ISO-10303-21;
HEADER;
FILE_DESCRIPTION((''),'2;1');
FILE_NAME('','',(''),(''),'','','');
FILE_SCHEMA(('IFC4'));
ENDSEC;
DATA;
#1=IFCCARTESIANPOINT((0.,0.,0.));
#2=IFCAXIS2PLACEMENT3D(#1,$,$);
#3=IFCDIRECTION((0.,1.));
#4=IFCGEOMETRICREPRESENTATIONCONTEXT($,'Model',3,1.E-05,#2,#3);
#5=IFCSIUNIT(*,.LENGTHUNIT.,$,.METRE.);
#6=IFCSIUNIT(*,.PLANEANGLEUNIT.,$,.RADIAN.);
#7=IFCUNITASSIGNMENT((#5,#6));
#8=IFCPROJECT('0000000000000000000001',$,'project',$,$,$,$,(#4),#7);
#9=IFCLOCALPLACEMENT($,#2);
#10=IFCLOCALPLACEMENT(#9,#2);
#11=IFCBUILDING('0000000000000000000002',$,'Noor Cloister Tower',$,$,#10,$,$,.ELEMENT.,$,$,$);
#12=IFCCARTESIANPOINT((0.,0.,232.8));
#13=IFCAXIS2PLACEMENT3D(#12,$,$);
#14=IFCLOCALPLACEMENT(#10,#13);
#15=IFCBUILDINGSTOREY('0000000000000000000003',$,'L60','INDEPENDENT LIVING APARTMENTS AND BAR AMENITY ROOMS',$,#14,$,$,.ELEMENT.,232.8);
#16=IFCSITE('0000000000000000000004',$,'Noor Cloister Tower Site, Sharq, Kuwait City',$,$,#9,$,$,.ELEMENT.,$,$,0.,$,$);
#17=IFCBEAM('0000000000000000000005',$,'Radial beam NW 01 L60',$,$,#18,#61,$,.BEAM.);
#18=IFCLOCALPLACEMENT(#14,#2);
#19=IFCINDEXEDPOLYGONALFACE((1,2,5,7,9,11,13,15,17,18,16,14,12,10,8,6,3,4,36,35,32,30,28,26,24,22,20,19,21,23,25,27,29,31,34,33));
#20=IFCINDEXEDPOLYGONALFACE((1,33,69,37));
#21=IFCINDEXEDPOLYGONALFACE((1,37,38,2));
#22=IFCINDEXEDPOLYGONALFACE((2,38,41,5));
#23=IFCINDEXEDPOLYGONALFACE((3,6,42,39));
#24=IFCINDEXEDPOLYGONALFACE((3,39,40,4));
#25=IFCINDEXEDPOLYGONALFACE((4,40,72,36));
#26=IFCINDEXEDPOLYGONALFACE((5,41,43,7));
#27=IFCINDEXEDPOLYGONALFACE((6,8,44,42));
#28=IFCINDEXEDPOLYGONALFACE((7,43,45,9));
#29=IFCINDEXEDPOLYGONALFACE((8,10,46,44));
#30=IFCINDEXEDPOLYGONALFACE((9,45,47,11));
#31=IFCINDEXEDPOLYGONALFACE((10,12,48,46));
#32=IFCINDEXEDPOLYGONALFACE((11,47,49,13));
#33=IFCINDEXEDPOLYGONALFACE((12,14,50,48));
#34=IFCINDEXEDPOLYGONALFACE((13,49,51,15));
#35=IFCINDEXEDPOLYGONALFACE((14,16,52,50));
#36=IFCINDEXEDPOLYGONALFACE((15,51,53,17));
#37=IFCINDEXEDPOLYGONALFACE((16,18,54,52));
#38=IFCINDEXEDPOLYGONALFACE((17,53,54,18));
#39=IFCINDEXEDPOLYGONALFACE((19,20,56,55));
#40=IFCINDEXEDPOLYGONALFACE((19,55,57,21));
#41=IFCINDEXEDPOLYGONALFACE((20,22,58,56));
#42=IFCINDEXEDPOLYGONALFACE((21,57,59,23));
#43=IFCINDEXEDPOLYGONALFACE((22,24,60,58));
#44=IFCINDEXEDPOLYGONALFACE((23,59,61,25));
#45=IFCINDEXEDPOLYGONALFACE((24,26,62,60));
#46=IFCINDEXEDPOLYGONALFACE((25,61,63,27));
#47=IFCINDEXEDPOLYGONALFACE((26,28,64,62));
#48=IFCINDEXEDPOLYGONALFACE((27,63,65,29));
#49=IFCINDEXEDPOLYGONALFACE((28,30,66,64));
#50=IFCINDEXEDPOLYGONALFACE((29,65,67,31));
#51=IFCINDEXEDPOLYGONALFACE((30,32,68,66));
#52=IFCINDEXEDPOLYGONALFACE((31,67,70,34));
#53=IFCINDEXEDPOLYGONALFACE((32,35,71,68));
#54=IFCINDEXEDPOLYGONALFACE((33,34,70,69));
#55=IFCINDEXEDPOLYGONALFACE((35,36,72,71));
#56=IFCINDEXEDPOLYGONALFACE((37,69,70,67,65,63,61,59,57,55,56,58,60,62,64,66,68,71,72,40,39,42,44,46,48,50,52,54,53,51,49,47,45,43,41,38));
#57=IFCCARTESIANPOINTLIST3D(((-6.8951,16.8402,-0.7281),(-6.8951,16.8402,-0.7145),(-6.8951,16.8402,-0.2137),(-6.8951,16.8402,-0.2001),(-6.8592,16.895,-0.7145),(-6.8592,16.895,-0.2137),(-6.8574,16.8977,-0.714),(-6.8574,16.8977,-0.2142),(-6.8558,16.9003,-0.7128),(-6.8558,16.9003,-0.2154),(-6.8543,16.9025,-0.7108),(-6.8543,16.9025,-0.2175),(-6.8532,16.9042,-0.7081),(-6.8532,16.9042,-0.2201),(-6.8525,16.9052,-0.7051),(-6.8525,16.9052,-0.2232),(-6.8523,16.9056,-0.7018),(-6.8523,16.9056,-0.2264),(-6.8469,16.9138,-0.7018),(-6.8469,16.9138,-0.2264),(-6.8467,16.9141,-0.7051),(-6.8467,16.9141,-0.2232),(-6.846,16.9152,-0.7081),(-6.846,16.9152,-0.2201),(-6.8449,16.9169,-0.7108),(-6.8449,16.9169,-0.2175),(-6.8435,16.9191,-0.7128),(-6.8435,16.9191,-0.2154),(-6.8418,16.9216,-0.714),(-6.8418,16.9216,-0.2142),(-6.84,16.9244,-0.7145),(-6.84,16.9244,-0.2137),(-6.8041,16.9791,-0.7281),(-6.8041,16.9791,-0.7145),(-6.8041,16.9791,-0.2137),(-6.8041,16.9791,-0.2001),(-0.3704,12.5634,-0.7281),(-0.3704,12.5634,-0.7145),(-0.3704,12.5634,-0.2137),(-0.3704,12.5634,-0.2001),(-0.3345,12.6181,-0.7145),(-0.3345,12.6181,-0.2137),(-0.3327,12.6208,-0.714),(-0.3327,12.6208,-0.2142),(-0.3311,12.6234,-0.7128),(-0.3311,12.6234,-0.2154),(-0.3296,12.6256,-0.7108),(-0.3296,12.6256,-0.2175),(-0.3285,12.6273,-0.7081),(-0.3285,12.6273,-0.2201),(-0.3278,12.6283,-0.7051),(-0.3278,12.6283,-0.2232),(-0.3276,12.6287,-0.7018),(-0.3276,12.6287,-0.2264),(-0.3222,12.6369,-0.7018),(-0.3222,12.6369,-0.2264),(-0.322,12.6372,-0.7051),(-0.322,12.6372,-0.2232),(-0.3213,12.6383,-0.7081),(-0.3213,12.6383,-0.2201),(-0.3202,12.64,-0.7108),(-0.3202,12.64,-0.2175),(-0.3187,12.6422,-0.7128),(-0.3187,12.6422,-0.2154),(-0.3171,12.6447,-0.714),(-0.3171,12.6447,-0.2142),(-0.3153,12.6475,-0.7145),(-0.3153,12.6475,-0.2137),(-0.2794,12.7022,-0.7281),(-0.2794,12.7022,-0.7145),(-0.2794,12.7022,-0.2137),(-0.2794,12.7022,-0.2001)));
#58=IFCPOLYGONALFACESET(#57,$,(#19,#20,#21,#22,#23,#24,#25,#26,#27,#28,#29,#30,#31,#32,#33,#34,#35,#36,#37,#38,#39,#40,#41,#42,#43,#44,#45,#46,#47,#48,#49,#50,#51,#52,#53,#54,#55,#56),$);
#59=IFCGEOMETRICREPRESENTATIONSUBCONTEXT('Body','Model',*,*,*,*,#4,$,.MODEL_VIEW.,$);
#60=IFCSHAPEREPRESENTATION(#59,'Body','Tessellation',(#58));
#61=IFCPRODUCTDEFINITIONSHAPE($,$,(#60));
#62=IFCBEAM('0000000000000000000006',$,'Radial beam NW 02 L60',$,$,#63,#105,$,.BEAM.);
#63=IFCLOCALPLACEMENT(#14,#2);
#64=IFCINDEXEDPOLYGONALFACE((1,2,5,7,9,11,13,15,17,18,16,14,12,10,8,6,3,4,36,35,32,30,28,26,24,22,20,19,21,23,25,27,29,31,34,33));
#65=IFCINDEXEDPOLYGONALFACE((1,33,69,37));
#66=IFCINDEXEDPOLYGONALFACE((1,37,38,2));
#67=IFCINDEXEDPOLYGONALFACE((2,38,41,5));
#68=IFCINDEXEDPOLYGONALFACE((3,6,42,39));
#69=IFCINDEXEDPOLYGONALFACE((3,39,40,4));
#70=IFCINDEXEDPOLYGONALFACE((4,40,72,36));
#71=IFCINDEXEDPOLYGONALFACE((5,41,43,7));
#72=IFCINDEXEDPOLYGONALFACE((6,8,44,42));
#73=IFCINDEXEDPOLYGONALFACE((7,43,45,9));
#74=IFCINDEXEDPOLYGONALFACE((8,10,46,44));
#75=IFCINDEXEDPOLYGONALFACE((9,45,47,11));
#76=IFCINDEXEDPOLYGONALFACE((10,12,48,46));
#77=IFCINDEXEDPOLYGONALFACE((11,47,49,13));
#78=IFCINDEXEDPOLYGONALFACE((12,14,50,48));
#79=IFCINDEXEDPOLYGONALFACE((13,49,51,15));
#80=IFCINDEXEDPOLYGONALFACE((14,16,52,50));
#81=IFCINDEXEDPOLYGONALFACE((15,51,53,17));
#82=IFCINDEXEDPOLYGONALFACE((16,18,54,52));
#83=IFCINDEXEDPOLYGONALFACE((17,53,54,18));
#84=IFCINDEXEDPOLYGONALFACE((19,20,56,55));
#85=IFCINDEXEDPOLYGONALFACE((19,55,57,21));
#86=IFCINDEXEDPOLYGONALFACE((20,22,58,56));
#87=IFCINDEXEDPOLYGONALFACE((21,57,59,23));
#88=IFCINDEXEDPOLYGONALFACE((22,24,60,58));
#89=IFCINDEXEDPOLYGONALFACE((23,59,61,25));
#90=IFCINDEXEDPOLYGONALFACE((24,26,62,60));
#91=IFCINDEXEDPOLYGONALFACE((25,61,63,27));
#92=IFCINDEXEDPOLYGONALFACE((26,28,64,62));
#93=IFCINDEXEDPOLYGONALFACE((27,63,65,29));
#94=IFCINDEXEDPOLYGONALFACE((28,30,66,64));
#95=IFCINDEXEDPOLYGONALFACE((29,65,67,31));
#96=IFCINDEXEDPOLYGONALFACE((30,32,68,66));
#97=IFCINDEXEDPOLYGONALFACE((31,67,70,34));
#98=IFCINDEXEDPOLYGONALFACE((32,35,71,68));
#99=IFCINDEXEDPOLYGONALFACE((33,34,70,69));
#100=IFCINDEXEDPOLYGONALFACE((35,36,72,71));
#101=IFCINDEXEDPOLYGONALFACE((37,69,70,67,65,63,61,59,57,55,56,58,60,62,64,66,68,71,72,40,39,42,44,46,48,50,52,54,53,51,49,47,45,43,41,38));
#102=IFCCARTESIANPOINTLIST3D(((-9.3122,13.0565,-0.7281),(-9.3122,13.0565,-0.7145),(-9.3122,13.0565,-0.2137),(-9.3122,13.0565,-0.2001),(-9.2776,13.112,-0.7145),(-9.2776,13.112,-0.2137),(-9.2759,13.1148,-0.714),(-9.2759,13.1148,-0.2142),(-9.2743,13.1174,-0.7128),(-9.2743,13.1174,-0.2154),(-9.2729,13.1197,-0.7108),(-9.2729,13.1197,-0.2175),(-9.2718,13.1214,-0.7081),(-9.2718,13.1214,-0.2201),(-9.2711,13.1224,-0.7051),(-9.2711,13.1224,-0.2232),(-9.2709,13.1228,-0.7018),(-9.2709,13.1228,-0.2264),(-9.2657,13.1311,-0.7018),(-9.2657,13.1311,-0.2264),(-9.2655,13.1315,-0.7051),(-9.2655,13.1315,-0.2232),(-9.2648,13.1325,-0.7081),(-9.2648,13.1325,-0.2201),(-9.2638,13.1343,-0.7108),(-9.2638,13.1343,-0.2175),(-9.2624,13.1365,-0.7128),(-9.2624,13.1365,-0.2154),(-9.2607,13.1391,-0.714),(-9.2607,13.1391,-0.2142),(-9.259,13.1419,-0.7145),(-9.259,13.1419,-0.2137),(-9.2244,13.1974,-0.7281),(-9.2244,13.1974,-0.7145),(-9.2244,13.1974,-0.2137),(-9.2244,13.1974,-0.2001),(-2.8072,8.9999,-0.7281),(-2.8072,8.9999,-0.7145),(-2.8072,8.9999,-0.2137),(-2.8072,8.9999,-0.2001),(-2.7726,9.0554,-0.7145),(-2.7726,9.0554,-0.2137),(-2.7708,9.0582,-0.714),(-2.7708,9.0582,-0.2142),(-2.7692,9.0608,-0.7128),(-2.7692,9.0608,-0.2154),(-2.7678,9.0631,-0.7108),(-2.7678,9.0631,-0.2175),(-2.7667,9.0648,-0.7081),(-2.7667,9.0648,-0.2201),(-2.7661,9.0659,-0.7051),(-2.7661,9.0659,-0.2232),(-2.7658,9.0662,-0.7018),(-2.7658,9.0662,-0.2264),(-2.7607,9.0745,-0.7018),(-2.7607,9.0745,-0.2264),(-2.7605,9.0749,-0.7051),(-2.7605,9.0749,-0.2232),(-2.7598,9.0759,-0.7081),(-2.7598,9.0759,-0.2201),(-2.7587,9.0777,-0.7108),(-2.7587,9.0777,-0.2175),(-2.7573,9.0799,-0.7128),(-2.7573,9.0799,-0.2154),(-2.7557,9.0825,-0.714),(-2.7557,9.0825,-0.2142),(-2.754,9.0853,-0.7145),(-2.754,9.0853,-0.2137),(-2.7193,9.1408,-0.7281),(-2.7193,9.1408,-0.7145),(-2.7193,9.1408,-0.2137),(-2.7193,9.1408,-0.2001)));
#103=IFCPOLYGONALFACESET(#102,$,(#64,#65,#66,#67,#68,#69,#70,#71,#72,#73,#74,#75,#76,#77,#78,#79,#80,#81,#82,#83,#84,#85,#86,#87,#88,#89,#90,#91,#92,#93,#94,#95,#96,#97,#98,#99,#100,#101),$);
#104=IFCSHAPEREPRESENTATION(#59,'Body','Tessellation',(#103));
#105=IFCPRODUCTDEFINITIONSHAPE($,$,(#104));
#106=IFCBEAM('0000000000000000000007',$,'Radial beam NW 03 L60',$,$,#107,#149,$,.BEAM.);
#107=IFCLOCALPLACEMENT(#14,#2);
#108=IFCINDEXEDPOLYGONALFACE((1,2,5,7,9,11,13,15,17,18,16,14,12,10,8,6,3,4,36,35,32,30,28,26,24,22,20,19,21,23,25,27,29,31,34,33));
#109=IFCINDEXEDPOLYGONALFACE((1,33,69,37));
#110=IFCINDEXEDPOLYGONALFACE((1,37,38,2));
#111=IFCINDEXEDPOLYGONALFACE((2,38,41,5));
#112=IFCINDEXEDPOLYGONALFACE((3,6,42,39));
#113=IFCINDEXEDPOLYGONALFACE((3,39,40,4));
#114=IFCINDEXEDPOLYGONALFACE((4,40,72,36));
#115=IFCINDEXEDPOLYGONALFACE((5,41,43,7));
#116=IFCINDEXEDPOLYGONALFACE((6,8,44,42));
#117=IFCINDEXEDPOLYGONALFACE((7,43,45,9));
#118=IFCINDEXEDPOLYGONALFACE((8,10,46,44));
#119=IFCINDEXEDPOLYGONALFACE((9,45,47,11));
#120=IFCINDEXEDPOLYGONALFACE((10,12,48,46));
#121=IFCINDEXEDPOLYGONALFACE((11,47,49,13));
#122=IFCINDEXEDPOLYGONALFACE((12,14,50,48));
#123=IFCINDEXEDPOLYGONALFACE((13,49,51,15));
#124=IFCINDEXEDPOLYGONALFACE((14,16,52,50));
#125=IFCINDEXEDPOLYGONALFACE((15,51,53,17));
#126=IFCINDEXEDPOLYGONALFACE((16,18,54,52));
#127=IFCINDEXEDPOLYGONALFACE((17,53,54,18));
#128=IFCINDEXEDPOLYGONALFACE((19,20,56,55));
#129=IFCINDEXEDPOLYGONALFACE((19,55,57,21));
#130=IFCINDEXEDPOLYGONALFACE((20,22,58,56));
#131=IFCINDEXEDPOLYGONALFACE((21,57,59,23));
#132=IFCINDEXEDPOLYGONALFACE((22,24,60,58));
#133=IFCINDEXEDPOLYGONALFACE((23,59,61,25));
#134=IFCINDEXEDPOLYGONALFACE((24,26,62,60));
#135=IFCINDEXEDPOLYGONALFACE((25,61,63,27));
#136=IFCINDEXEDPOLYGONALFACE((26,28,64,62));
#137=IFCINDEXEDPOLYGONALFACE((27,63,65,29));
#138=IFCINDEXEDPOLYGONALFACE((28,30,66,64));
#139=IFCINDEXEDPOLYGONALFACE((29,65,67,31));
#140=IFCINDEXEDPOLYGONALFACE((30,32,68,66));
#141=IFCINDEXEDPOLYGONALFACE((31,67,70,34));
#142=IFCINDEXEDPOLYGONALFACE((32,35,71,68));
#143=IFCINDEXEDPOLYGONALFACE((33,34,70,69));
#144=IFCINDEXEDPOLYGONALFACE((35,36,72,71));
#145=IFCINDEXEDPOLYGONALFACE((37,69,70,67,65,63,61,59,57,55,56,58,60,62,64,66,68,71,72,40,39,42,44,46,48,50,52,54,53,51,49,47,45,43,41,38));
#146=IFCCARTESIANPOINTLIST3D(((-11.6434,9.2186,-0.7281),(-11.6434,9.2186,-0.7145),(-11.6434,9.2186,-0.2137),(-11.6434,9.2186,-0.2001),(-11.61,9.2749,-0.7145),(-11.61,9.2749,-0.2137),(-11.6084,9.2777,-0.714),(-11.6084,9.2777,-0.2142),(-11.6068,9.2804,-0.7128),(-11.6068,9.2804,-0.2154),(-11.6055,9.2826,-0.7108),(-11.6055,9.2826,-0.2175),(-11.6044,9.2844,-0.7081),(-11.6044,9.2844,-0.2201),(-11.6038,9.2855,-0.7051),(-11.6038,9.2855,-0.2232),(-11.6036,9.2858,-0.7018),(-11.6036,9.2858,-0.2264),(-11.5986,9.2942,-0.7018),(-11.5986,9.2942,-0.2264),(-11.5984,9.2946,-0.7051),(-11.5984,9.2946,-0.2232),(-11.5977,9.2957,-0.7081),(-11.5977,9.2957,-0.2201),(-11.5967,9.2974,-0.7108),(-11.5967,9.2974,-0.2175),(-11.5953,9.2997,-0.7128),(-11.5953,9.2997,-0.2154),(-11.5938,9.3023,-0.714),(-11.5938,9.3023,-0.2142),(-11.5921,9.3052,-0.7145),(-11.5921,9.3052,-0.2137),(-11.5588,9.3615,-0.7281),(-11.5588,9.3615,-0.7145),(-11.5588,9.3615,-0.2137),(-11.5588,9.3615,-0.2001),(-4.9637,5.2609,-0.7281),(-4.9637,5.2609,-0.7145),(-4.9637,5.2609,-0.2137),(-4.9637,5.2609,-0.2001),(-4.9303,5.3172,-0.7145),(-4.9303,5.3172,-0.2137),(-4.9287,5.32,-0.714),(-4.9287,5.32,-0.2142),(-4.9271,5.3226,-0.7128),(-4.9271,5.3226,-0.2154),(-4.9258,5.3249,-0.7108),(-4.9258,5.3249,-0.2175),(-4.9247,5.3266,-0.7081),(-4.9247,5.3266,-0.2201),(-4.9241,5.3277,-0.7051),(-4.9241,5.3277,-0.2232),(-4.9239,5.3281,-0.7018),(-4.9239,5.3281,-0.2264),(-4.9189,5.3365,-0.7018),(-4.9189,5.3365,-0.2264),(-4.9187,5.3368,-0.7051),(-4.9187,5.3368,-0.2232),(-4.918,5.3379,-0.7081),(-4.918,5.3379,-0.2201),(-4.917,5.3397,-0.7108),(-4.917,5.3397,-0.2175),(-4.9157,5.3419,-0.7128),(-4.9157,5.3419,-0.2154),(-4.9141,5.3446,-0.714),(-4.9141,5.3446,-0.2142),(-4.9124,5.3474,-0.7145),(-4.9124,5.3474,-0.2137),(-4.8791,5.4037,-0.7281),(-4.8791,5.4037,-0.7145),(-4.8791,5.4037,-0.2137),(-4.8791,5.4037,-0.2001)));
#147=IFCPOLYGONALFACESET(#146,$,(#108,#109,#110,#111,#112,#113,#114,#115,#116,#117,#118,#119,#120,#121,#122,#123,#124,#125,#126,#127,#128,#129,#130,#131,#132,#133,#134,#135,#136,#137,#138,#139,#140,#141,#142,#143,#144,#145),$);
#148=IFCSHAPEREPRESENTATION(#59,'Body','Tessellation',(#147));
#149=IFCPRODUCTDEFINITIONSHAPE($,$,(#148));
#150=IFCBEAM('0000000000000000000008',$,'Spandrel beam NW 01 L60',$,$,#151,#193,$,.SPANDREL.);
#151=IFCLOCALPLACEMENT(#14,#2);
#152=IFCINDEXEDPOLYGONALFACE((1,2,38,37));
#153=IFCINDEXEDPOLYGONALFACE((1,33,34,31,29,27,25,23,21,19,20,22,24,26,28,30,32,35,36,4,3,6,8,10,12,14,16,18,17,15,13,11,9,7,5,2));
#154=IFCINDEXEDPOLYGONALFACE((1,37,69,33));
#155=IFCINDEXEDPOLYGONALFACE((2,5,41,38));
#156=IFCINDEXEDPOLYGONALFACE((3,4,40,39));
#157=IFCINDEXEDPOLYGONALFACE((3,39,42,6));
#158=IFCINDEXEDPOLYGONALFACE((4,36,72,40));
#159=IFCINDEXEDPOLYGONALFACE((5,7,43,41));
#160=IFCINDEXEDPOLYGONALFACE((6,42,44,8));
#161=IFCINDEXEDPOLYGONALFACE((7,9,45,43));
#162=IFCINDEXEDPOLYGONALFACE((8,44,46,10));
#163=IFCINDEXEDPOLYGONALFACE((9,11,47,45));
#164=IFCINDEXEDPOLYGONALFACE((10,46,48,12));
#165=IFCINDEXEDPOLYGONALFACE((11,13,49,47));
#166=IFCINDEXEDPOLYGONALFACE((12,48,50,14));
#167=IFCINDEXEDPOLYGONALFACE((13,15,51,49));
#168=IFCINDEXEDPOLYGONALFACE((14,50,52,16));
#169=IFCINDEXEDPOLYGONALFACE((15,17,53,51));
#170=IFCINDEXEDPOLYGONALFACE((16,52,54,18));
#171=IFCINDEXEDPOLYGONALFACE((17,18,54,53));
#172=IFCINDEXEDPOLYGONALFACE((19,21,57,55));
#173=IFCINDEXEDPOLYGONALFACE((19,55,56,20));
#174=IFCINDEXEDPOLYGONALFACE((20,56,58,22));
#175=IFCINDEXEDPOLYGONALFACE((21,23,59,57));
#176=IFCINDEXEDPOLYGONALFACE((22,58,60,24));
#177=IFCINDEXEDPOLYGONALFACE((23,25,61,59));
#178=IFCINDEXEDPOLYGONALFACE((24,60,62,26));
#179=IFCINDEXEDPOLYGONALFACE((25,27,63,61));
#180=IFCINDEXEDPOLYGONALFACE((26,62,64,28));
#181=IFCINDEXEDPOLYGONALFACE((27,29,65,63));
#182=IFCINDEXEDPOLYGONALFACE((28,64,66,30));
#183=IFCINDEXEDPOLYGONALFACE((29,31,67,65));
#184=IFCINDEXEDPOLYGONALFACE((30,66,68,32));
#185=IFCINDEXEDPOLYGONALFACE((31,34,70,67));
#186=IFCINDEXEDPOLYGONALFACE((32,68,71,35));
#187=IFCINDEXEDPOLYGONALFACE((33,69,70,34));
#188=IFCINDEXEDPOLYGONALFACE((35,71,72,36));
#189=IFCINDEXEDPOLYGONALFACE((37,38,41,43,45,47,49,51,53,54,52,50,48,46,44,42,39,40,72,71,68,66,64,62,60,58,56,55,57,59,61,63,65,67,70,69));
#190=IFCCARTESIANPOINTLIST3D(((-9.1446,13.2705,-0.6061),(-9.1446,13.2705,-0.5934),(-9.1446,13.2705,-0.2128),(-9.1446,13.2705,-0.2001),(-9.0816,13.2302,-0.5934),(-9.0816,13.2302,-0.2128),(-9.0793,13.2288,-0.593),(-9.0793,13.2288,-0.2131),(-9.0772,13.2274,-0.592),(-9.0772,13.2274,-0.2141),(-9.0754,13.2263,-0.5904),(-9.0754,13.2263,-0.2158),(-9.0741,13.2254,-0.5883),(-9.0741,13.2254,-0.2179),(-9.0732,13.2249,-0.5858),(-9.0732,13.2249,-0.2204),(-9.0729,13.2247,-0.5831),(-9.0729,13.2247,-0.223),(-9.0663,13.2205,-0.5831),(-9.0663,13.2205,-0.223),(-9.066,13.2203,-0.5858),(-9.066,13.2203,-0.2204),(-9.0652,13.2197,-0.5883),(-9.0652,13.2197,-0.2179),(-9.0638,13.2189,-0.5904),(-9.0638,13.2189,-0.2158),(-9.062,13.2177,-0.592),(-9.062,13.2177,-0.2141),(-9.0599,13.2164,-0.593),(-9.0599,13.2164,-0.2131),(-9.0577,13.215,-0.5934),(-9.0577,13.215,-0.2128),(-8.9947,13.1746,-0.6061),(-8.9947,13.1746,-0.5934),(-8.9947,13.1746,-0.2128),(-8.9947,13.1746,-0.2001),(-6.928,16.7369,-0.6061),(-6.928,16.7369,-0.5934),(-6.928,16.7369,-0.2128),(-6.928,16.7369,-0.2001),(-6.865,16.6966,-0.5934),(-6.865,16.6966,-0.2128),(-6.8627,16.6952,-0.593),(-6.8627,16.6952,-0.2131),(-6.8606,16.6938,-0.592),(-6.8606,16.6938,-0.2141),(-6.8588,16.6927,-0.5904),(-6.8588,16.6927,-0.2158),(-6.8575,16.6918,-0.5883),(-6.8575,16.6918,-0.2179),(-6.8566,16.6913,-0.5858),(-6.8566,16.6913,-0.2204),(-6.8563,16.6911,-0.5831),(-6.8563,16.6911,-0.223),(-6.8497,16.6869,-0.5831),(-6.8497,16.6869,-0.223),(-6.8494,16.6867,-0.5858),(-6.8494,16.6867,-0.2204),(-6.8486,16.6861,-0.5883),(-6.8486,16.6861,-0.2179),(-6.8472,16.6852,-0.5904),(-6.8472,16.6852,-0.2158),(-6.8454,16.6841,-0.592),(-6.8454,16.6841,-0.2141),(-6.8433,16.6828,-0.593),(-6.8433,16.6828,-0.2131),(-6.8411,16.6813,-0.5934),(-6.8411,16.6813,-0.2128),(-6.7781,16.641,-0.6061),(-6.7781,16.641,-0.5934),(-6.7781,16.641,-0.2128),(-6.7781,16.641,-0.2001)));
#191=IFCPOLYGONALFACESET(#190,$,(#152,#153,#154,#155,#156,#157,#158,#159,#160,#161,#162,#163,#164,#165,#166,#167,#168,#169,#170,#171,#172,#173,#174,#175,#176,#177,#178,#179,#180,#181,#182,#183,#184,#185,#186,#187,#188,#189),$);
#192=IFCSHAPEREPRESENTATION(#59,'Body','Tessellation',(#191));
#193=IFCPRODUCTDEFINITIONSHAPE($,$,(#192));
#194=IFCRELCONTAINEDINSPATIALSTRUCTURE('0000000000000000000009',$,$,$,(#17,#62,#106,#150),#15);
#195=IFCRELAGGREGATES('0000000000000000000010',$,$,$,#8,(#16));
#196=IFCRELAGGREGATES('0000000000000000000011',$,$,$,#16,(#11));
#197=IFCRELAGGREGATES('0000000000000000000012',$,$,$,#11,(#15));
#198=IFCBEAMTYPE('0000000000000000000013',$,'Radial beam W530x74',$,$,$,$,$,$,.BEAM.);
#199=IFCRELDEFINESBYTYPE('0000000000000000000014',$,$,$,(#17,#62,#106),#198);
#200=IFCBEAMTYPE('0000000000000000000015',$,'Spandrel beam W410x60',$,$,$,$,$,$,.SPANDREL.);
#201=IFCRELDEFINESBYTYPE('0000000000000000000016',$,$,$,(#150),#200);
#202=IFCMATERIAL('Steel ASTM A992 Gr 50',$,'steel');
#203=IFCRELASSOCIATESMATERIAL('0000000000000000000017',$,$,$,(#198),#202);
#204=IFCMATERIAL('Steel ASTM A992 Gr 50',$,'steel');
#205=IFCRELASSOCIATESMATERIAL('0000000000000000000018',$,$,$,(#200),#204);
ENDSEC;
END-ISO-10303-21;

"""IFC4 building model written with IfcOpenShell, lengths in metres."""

from ifc_helpers import new_model, si_unit, direction, frame, origin, origin_2d, place, context, subcontext, project, spatial, i_section, extrude, material, material_profile, profile_set, type_object, element, save


model = new_model("IFC4")

# Units and contexts
model_context = context("Model", 3, precision=1e-05, world=origin(), true_north=direction((0.0, 1.0)))
body_context = subcontext(model_context, "Body", "Model", "MODEL_VIEW")
ifc_project = project(units=[si_unit("LENGTHUNIT", "METRE"), si_unit("PLANEANGLEUNIT", "RADIAN")], contexts=[model_context])

# Site, building, storey
site_placement = place(None, origin())
site = spatial("IfcSite", under=ifc_project, at=site_placement, Name="Noor Cloister Tower Site, Sharq, Kuwait City", CompositionType="ELEMENT", RefElevation=0.0)
building_placement = place(site_placement, origin())
building = spatial("IfcBuilding", under=site, at=building_placement, Name="Noor Cloister Tower", CompositionType="ELEMENT")
storey_placement = place(building_placement, frame((0.0, 0.0, 232.8)))
storey = spatial("IfcBuildingStorey", under=building, at=storey_placement, Name="L60", Description="INDEPENDENT LIVING APARTMENTS AND BAR AMENITY ROOMS", CompositionType="ELEMENT", Elevation=232.8)

# Beams
ifc_material_1 = material(Name="Steel ASTM A992 Gr 50", Category="steel")
ifc_material_profile_1 = material_profile(ifc_material_1, i_section(OverallWidth=0.166, OverallDepth=0.5281, WebThickness=0.0098, FlangeThickness=0.0137, FilletRadius=0.0127, at=origin_2d()), Name="W530x74")
ifc_profile_set_1 = profile_set([ifc_material_profile_1], Name="Steel ASTM A992 Gr 50")
beam_type_1 = type_object("IfcBeamType", Name="Radial beam W530x74", PredefinedType="BEAM", material=ifc_profile_set_1)
beam_1_placement = place(storey_placement, frame((-6.8496, 16.9097, -0.4641), z_axis=(0.836339, -0.548213, 0.0), x_axis=(0.548213, 0.836339, 0.0)))
element("IfcBeam", 1, at=beam_1_placement, inside=storey, type_object=beam_type_1, Name="Radial beam NW 01 L60", PredefinedType="BEAM", context=body_context, shape_type="SweptSolid", body=[
    extrude(i_section(OverallWidth=0.166, OverallDepth=0.5281, WebThickness=0.0098, FlangeThickness=0.0137, FilletRadius=0.0127, at=origin_2d()), origin(), (0.0, 0.0, 1.0), 7.8015),
])
beam_2_placement = place(storey_placement, frame((-9.2683, 13.127, -0.4641), z_axis=(0.848529, -0.529149, 0.0), x_axis=(0.529149, 0.848529, 0.0)))
element("IfcBeam", 2, at=beam_2_placement, inside=storey, type_object=beam_type_1, Name="Radial beam NW 02 L60", PredefinedType="BEAM", context=body_context, shape_type="SweptSolid", body=[
    extrude(i_section(OverallWidth=0.166, OverallDepth=0.5281, WebThickness=0.0098, FlangeThickness=0.0137, FilletRadius=0.0127, at=origin_2d()), origin(), (0.0, 0.0, 1.0), 7.6663),
])
beam_3_placement = place(storey_placement, frame((-11.6011, 9.29, -0.4641), z_axis=(0.860324, -0.509748, 0.0), x_axis=(0.509748, 0.860324, 0.0)))
element("IfcBeam", 3, at=beam_3_placement, inside=storey, type_object=beam_type_1, Name="Radial beam NW 03 L60", PredefinedType="BEAM", context=body_context, shape_type="SweptSolid", body=[
    extrude(i_section(OverallWidth=0.166, OverallDepth=0.5281, WebThickness=0.0098, FlangeThickness=0.0137, FilletRadius=0.0127, at=origin_2d()), origin(), (0.0, 0.0, 1.0), 7.7642),
])
ifc_material_2 = material(Name="Steel ASTM A992 Gr 50", Category="steel")
ifc_material_profile_2 = material_profile(ifc_material_2, i_section(OverallWidth=0.178, OverallDepth=0.406, WebThickness=0.0078, FlangeThickness=0.0127, FilletRadius=0.0103, at=origin_2d()), Name="W410x60")
ifc_profile_set_2 = profile_set([ifc_material_profile_2], Name="Steel ASTM A992 Gr 50")
beam_type_2 = type_object("IfcBeamType", Name="Spandrel beam W410x60", PredefinedType="SPANDREL", material=ifc_profile_set_2)
for number, where, z_axis, x_axis, name in (
    (4, (-6.853, 16.689, -0.4031), (-0.538729, -0.842479, 0.0), (0.842479, -0.538729, 0.0), "Spandrel beam NW 01 L60"),
):
    element("IfcBeam", number, at=place(storey_placement, frame(where, z_axis=z_axis, x_axis=x_axis)), inside=storey, type_object=beam_type_2, Name=name, PredefinedType="SPANDREL", context=body_context, shape_type="SweptSolid", body=[
        extrude(i_section(OverallWidth=0.178, OverallDepth=0.406, WebThickness=0.0078, FlangeThickness=0.0127, FilletRadius=0.0103, at=origin_2d()), origin(), (0.0, 0.0, 1.0), 4.1145),
    ])

save(model, "model.ifc")
